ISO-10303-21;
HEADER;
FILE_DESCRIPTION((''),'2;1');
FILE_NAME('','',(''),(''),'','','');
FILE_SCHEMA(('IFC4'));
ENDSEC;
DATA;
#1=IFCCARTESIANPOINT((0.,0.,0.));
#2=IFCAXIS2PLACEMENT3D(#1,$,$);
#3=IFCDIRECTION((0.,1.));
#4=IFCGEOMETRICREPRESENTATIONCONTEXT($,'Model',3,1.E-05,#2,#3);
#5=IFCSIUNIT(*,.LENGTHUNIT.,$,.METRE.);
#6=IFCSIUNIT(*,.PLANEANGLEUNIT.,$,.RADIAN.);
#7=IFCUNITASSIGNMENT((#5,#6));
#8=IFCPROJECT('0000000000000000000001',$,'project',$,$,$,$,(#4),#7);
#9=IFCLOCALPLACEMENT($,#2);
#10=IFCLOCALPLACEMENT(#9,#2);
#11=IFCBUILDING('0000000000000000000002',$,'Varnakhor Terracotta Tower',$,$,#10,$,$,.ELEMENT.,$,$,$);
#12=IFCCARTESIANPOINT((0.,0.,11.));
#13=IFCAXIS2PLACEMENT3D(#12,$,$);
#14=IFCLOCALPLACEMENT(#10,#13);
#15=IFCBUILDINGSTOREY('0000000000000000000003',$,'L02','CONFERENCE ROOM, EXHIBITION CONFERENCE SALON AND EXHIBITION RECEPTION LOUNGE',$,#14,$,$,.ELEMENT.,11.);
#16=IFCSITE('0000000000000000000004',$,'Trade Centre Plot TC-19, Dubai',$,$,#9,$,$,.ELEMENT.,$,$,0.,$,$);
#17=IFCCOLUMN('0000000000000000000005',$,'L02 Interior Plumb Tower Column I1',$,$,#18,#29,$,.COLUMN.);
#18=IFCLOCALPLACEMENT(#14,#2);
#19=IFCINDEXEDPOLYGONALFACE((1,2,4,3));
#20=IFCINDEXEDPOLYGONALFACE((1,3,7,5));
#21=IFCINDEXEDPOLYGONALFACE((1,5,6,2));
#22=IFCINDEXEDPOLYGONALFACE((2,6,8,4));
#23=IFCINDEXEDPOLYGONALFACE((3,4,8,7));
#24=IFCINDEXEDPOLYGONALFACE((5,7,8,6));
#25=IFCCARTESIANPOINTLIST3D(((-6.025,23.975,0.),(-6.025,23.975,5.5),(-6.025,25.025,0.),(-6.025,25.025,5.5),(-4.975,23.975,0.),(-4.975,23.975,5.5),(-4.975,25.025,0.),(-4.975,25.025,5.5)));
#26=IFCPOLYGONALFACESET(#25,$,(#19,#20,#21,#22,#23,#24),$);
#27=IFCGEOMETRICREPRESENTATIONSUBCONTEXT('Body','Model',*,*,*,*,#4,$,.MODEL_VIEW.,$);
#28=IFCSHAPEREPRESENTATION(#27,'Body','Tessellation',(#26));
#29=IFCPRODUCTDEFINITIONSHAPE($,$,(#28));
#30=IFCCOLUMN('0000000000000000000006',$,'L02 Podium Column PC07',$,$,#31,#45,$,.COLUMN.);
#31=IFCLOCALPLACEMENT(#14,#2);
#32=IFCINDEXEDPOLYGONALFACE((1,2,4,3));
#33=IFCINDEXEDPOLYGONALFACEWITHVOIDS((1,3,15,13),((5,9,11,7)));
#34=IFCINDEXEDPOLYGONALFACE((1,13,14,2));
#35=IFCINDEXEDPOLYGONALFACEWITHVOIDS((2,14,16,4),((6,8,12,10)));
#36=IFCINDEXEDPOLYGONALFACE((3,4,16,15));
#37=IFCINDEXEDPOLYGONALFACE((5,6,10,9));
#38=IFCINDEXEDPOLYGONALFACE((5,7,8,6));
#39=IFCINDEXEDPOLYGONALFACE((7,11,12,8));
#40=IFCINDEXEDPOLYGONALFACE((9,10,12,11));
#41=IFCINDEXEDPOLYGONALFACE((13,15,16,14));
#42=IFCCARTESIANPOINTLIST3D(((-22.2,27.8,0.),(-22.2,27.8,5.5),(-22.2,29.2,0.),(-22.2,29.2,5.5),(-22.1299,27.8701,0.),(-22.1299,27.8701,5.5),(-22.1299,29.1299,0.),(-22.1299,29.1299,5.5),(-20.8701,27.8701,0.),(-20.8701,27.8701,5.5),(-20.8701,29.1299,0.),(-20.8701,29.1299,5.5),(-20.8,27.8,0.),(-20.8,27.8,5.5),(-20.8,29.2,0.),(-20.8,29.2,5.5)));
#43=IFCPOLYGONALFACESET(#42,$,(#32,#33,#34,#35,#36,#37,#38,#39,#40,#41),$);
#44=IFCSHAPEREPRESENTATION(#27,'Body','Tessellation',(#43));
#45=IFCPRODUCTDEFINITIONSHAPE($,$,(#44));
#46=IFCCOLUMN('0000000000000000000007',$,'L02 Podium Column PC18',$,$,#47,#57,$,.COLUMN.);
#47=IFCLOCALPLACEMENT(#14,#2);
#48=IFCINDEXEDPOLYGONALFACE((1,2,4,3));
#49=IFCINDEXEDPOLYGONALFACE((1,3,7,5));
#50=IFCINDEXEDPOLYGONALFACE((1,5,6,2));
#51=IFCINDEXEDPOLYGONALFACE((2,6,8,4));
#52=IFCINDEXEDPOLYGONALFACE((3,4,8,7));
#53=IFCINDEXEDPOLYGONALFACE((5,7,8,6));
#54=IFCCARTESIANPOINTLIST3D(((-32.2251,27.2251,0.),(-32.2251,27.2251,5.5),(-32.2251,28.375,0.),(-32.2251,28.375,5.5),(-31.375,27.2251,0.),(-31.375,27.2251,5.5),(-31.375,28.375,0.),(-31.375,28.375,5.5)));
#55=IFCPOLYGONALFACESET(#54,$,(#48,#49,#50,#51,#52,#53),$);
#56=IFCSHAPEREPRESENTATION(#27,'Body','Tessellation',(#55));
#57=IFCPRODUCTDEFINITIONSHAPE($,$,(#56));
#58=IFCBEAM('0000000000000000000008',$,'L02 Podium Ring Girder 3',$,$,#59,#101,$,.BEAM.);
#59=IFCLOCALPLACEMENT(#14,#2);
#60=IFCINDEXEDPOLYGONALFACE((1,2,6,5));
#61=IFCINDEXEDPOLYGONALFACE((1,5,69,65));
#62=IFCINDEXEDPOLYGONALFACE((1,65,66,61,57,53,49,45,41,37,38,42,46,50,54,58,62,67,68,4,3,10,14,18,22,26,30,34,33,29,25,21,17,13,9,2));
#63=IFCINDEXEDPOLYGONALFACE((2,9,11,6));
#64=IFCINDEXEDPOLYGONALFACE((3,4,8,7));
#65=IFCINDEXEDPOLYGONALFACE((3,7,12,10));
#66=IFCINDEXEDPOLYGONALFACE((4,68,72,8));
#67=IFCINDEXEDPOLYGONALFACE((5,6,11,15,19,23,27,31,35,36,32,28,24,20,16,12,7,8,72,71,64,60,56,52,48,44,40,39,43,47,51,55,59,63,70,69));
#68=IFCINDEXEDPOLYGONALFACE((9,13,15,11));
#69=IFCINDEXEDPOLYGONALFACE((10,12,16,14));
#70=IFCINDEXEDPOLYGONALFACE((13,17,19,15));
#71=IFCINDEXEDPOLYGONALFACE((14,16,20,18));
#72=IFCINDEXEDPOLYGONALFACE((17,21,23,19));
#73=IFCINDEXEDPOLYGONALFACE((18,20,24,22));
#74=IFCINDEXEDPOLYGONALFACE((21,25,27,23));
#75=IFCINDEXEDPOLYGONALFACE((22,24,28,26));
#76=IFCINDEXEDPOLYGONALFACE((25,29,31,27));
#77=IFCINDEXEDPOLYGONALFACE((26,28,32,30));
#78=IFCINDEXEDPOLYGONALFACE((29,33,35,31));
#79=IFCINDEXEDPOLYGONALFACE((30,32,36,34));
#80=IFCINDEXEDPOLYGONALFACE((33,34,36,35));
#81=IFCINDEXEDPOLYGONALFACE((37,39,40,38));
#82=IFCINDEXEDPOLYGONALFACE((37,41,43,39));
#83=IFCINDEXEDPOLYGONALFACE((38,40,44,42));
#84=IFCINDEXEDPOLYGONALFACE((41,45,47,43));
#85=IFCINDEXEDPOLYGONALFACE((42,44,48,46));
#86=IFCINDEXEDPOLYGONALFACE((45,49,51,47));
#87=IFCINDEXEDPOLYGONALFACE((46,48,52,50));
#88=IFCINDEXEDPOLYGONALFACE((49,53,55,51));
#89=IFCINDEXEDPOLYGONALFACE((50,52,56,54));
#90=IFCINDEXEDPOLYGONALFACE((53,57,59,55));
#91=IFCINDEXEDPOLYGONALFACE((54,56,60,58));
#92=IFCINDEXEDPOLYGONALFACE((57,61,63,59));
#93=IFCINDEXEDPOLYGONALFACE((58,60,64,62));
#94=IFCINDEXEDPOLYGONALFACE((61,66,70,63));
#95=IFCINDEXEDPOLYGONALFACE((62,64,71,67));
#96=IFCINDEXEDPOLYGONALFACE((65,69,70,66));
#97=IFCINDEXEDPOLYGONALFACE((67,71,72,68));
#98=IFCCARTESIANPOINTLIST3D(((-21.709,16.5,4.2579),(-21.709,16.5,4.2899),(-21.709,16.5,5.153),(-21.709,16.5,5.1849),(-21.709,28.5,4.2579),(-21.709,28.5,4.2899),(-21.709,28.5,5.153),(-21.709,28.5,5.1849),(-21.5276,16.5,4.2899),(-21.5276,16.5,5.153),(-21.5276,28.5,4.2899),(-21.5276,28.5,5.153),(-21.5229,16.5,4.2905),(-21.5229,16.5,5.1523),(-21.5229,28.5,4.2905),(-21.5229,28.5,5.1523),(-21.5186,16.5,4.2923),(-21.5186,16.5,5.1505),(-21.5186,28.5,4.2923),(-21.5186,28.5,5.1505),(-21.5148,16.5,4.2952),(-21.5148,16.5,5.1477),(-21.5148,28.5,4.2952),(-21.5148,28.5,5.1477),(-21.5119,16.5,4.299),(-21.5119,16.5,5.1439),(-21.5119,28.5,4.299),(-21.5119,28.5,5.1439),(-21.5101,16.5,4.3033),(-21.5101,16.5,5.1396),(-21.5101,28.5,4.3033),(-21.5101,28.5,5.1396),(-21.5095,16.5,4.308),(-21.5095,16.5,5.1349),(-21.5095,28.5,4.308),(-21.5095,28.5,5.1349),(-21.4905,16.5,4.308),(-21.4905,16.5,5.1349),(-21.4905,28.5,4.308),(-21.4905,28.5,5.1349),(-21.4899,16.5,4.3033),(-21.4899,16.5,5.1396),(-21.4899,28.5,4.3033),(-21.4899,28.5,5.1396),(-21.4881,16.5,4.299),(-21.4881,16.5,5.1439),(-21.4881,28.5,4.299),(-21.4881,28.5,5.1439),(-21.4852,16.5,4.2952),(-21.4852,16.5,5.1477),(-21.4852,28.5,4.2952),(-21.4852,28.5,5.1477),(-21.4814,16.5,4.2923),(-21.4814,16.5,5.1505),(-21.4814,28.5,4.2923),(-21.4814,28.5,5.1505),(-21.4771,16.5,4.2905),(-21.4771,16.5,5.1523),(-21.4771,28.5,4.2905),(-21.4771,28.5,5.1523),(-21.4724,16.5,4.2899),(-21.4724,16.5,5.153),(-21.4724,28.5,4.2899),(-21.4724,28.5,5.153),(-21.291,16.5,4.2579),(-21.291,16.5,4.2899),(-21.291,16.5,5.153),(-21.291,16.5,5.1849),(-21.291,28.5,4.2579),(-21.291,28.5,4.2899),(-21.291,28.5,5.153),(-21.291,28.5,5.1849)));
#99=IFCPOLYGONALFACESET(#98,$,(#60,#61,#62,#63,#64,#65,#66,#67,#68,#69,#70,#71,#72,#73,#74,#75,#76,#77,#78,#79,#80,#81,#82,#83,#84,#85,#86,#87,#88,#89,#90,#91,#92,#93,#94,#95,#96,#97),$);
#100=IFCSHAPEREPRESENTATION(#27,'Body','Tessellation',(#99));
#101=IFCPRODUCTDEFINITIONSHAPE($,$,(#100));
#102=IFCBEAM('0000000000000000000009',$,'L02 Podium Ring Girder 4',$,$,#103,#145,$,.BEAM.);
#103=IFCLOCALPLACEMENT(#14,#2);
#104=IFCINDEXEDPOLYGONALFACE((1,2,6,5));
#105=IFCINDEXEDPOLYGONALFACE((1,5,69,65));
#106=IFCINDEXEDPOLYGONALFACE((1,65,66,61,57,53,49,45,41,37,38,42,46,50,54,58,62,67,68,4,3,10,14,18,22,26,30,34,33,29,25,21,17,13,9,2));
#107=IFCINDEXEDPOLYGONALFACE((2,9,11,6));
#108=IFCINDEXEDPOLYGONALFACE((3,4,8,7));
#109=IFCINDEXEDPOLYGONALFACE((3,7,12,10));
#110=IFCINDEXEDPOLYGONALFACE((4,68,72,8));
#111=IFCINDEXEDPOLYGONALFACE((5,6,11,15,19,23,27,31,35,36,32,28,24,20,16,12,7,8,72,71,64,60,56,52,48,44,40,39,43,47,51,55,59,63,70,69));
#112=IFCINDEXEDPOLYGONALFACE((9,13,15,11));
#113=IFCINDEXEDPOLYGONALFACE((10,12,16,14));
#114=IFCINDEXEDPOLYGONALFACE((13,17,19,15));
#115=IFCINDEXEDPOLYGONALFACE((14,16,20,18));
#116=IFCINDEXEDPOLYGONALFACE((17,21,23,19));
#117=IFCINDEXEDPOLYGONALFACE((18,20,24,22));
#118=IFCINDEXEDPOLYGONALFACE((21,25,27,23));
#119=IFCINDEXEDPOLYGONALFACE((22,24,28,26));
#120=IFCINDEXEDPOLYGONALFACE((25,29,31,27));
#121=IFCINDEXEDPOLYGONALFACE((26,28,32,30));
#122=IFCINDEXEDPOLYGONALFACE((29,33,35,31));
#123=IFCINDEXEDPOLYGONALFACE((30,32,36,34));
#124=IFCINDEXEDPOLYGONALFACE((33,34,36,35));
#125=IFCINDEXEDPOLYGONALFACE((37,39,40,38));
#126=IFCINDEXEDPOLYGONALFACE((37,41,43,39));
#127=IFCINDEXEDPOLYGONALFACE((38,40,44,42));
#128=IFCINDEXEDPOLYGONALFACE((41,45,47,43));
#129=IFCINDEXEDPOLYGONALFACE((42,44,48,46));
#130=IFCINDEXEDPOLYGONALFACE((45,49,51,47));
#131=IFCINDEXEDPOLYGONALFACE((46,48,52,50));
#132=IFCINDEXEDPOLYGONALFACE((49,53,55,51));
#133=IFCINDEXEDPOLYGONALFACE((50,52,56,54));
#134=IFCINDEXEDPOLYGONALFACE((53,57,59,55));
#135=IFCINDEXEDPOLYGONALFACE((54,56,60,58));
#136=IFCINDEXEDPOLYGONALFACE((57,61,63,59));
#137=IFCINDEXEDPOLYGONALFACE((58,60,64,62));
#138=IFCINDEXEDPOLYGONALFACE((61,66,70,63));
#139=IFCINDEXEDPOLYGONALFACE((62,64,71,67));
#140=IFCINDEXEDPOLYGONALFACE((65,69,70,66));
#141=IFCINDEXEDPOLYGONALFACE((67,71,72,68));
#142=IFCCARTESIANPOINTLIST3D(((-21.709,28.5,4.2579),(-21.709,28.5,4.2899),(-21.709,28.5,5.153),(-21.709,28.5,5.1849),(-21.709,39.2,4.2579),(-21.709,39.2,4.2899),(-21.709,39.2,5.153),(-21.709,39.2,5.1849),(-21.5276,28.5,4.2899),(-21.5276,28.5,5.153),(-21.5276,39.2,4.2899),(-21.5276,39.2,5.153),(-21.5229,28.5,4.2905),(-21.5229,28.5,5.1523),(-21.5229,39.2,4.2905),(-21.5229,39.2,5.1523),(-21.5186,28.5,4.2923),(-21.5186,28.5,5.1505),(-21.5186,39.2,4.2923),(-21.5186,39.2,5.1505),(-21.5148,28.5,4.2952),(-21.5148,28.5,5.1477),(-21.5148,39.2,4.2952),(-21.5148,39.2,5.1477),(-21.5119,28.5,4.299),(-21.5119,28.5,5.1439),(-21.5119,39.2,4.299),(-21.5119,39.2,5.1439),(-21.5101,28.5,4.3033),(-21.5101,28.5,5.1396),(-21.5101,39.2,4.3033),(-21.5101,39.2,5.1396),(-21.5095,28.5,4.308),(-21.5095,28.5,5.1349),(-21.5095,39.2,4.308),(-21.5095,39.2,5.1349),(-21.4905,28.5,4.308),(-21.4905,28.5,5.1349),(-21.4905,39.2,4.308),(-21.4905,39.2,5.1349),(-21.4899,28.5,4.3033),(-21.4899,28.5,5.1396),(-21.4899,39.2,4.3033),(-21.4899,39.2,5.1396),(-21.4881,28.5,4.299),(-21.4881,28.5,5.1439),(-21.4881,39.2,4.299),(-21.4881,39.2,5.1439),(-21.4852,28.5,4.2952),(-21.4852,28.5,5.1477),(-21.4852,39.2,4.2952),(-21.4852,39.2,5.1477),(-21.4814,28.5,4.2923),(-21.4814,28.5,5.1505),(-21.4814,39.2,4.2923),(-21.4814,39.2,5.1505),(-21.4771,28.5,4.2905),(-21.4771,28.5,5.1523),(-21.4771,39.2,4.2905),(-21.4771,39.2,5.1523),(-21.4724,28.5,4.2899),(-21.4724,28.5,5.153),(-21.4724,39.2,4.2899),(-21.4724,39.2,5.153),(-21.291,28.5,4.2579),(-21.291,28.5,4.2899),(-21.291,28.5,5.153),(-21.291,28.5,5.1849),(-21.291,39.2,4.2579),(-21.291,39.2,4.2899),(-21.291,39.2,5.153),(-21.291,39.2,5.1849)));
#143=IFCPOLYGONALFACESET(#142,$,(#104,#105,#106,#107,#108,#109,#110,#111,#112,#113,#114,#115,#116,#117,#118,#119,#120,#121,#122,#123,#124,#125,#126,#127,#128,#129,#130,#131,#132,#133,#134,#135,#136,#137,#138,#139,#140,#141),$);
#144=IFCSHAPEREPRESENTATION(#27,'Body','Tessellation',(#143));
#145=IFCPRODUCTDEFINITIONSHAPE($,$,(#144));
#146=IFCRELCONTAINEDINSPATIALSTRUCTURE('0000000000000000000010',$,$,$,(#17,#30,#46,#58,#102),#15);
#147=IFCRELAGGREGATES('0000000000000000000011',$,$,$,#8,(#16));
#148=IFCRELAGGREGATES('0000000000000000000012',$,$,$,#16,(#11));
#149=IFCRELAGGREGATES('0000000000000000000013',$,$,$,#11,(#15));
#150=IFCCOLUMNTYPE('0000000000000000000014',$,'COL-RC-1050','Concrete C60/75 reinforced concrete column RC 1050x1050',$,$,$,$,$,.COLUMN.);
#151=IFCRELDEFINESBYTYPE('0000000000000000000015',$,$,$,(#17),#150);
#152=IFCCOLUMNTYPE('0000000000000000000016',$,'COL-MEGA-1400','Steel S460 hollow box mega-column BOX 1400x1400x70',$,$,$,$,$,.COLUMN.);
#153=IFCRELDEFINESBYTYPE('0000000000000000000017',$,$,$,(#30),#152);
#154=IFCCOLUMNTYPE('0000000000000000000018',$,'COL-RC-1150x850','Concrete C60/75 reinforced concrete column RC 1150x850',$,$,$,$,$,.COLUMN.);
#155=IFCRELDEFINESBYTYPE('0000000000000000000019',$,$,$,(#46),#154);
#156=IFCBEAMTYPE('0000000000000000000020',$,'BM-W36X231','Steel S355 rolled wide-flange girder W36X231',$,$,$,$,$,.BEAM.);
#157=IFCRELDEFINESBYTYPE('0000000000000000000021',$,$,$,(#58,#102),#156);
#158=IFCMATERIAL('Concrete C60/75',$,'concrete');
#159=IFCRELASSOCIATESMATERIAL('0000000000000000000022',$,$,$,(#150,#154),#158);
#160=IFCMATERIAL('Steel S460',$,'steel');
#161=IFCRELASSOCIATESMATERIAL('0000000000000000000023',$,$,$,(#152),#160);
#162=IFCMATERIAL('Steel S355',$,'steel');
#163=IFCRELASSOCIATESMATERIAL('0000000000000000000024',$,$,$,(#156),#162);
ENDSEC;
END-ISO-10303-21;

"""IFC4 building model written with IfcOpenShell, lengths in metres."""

from ifc_helpers import new_model, si_unit, direction, frame, origin, origin_2d, place, context, subcontext, project, spatial, rectangle, hollow_rectangle, i_section, extrude, source, transform, mapped, material, material_profile, profile_set, type_object, type_shapes, element, save


model = new_model("IFC4")

# Units and contexts
model_context = context("Model", 3, precision=1e-05, world=origin(), true_north=direction((0.0, 1.0)))
body_context = subcontext(model_context, "Body", "Model", "MODEL_VIEW")
ifc_project = project(units=[si_unit("LENGTHUNIT", "METRE"), si_unit("PLANEANGLEUNIT", "RADIAN")], contexts=[model_context])

# Site, building, storey
site_placement = place(None, origin())
site = spatial("IfcSite", under=ifc_project, at=site_placement, Name="Trade Centre Plot TC-19, Dubai", CompositionType="ELEMENT", RefElevation=0.0)
building_placement = place(site_placement, origin())
building = spatial("IfcBuilding", under=site, at=building_placement, Name="Varnakhor Terracotta Tower", CompositionType="ELEMENT")
storey_placement = place(building_placement, frame((0.0, 0.0, 11.0)))
storey = spatial("IfcBuildingStorey", under=building, at=storey_placement, Name="L02", Description="CONFERENCE ROOM, EXHIBITION CONFERENCE SALON AND EXHIBITION RECEPTION LOUNGE", CompositionType="ELEMENT", Elevation=11.0)

# Columns
ifc_material_1 = material(Name="Concrete C60/75", Category="concrete")
ifc_material_profile_1 = material_profile(ifc_material_1, rectangle(XDim=1.05, YDim=1.05, at=origin_2d()), Name="RC 1050x1050")
ifc_profile_set_1 = profile_set([ifc_material_profile_1], Name="Concrete C60/75")
column_type_1 = type_object("IfcColumnType", Name="COL-RC-1050", Description="Concrete C60/75 reinforced concrete column RC 1050x1050", PredefinedType="COLUMN", material=ifc_profile_set_1)
shared_shape_1 = source(origin(), body_context, "Body", "SweptSolid", [
    extrude(rectangle(XDim=1.05, YDim=1.05, at=origin_2d()), origin(), (0.0, 0.0, 1.0), 5.5),
])
type_shapes(column_type_1, [shared_shape_1])
column_1_placement = place(storey_placement, frame((-5.5, 24.5, 0.0), z_axis=(0.0, 0.0, 1.0), x_axis=(1.0, 0.0, 0.0)))
element("IfcColumn", 1, at=column_1_placement, inside=storey, type_object=column_type_1, Name="L02 Interior Plumb Tower Column I1", PredefinedType="COLUMN", context=body_context, shape_type="MappedRepresentation", body=[
    mapped(shared_shape_1, transform((0.0, 0.0, 0.0), scale=1.0)),
])
ifc_material_2 = material(Name="Steel S460", Category="steel")
ifc_material_profile_2 = material_profile(ifc_material_2, hollow_rectangle(XDim=1.3999, YDim=1.3999, WallThickness=0.0701, at=origin_2d()), Name="BOX 1400x1400x70")
ifc_profile_set_2 = profile_set([ifc_material_profile_2], Name="Steel S460")
column_type_2 = type_object("IfcColumnType", Name="COL-MEGA-1400", Description="Steel S460 hollow box mega-column BOX 1400x1400x70", PredefinedType="COLUMN", material=ifc_profile_set_2)
shared_shape_2 = source(origin(), body_context, "Body", "SweptSolid", [
    extrude(hollow_rectangle(XDim=1.3999, YDim=1.3999, WallThickness=0.0701, at=origin_2d()), origin(), (0.0, 0.0, 1.0), 5.5),
])
column_2_placement = place(storey_placement, frame((-21.5, 28.5, 0.0), z_axis=(0.0, 0.0, 1.0), x_axis=(1.0, 0.0, 0.0)))
element("IfcColumn", 2, at=column_2_placement, inside=storey, type_object=column_type_2, Name="L02 Podium Column PC07", PredefinedType="COLUMN", context=body_context, shape_type="MappedRepresentation", body=[
    mapped(shared_shape_2, transform((0.0, 0.0, 0.0), scale=1.0)),
])
ifc_material_profile_3 = material_profile(ifc_material_1, rectangle(XDim=0.8501, YDim=1.1499, at=origin_2d()), Name="RC 1150x850")
ifc_profile_set_3 = profile_set([ifc_material_profile_3], Name="Concrete C60/75")
column_type_3 = type_object("IfcColumnType", Name="COL-RC-1150x850", Description="Concrete C60/75 reinforced concrete column RC 1150x850", PredefinedType="COLUMN", material=ifc_profile_set_3)
shared_shape_3 = source(origin(), body_context, "Body", "SweptSolid", [
    extrude(rectangle(XDim=0.8501, YDim=1.1499, at=origin_2d()), origin(), (0.0, 0.0, 1.0), 5.5),
])
column_3_placement = place(storey_placement, frame((-31.8, 27.8, 0.0), z_axis=(0.0, 0.0, 1.0), x_axis=(1.0, 0.0, 0.0)))
element("IfcColumn", 3, at=column_3_placement, inside=storey, type_object=column_type_3, Name="L02 Podium Column PC18", PredefinedType="COLUMN", context=body_context, shape_type="MappedRepresentation", body=[
    mapped(shared_shape_3, transform((0.0, 0.0, 0.0), scale=1.0)),
])

# Beams
ifc_material_3 = material(Name="Steel S355", Category="steel")
ifc_material_profile_4 = material_profile(ifc_material_3, i_section(OverallWidth=0.418, OverallDepth=0.927, WebThickness=0.019, FlangeThickness=0.032, FilletRadius=0.0181, at=origin_2d()), Name="W36X231")
ifc_profile_set_4 = profile_set([ifc_material_profile_4], Name="Steel S355")
beam_type_1 = type_object("IfcBeamType", Name="BM-W36X231", Description="Steel S355 rolled wide-flange girder W36X231", PredefinedType="BEAM", material=ifc_profile_set_4)
shared_shape_4 = source(origin(), body_context, "Body", "SweptSolid", [
    extrude(i_section(OverallWidth=0.418, OverallDepth=0.927, WebThickness=0.019, FlangeThickness=0.032, FilletRadius=0.0181, at=origin_2d()), origin(), (0.0, 0.0, 1.0), 12.0),
])
beam_1_placement = place(storey_placement, frame((-21.5, 16.5, 4.7214), z_axis=(0.0, 1.0, 0.0), x_axis=(-1.0, 0.0, 0.0)))
element("IfcBeam", 4, at=beam_1_placement, inside=storey, type_object=beam_type_1, Name="L02 Podium Ring Girder 3", PredefinedType="BEAM", context=body_context, shape_type="MappedRepresentation", body=[
    mapped(shared_shape_4, transform((0.0, 0.0, 0.0), scale=1.0)),
])
shared_shape_5 = source(origin(), body_context, "Body", "SweptSolid", [
    extrude(i_section(OverallWidth=0.418, OverallDepth=0.927, WebThickness=0.019, FlangeThickness=0.032, FilletRadius=0.0181, at=origin_2d()), origin(), (0.0, 0.0, 1.0), 10.7),
])
beam_2_placement = place(storey_placement, frame((-21.5, 28.5, 4.7214), z_axis=(0.0, 1.0, 0.0), x_axis=(-1.0, 0.0, 0.0)))
element("IfcBeam", 5, at=beam_2_placement, inside=storey, type_object=beam_type_1, Name="L02 Podium Ring Girder 4", PredefinedType="BEAM", context=body_context, shape_type="MappedRepresentation", body=[
    mapped(shared_shape_5, transform((0.0, 0.0, 0.0), scale=1.0)),
])

save(model, "model.ifc")
